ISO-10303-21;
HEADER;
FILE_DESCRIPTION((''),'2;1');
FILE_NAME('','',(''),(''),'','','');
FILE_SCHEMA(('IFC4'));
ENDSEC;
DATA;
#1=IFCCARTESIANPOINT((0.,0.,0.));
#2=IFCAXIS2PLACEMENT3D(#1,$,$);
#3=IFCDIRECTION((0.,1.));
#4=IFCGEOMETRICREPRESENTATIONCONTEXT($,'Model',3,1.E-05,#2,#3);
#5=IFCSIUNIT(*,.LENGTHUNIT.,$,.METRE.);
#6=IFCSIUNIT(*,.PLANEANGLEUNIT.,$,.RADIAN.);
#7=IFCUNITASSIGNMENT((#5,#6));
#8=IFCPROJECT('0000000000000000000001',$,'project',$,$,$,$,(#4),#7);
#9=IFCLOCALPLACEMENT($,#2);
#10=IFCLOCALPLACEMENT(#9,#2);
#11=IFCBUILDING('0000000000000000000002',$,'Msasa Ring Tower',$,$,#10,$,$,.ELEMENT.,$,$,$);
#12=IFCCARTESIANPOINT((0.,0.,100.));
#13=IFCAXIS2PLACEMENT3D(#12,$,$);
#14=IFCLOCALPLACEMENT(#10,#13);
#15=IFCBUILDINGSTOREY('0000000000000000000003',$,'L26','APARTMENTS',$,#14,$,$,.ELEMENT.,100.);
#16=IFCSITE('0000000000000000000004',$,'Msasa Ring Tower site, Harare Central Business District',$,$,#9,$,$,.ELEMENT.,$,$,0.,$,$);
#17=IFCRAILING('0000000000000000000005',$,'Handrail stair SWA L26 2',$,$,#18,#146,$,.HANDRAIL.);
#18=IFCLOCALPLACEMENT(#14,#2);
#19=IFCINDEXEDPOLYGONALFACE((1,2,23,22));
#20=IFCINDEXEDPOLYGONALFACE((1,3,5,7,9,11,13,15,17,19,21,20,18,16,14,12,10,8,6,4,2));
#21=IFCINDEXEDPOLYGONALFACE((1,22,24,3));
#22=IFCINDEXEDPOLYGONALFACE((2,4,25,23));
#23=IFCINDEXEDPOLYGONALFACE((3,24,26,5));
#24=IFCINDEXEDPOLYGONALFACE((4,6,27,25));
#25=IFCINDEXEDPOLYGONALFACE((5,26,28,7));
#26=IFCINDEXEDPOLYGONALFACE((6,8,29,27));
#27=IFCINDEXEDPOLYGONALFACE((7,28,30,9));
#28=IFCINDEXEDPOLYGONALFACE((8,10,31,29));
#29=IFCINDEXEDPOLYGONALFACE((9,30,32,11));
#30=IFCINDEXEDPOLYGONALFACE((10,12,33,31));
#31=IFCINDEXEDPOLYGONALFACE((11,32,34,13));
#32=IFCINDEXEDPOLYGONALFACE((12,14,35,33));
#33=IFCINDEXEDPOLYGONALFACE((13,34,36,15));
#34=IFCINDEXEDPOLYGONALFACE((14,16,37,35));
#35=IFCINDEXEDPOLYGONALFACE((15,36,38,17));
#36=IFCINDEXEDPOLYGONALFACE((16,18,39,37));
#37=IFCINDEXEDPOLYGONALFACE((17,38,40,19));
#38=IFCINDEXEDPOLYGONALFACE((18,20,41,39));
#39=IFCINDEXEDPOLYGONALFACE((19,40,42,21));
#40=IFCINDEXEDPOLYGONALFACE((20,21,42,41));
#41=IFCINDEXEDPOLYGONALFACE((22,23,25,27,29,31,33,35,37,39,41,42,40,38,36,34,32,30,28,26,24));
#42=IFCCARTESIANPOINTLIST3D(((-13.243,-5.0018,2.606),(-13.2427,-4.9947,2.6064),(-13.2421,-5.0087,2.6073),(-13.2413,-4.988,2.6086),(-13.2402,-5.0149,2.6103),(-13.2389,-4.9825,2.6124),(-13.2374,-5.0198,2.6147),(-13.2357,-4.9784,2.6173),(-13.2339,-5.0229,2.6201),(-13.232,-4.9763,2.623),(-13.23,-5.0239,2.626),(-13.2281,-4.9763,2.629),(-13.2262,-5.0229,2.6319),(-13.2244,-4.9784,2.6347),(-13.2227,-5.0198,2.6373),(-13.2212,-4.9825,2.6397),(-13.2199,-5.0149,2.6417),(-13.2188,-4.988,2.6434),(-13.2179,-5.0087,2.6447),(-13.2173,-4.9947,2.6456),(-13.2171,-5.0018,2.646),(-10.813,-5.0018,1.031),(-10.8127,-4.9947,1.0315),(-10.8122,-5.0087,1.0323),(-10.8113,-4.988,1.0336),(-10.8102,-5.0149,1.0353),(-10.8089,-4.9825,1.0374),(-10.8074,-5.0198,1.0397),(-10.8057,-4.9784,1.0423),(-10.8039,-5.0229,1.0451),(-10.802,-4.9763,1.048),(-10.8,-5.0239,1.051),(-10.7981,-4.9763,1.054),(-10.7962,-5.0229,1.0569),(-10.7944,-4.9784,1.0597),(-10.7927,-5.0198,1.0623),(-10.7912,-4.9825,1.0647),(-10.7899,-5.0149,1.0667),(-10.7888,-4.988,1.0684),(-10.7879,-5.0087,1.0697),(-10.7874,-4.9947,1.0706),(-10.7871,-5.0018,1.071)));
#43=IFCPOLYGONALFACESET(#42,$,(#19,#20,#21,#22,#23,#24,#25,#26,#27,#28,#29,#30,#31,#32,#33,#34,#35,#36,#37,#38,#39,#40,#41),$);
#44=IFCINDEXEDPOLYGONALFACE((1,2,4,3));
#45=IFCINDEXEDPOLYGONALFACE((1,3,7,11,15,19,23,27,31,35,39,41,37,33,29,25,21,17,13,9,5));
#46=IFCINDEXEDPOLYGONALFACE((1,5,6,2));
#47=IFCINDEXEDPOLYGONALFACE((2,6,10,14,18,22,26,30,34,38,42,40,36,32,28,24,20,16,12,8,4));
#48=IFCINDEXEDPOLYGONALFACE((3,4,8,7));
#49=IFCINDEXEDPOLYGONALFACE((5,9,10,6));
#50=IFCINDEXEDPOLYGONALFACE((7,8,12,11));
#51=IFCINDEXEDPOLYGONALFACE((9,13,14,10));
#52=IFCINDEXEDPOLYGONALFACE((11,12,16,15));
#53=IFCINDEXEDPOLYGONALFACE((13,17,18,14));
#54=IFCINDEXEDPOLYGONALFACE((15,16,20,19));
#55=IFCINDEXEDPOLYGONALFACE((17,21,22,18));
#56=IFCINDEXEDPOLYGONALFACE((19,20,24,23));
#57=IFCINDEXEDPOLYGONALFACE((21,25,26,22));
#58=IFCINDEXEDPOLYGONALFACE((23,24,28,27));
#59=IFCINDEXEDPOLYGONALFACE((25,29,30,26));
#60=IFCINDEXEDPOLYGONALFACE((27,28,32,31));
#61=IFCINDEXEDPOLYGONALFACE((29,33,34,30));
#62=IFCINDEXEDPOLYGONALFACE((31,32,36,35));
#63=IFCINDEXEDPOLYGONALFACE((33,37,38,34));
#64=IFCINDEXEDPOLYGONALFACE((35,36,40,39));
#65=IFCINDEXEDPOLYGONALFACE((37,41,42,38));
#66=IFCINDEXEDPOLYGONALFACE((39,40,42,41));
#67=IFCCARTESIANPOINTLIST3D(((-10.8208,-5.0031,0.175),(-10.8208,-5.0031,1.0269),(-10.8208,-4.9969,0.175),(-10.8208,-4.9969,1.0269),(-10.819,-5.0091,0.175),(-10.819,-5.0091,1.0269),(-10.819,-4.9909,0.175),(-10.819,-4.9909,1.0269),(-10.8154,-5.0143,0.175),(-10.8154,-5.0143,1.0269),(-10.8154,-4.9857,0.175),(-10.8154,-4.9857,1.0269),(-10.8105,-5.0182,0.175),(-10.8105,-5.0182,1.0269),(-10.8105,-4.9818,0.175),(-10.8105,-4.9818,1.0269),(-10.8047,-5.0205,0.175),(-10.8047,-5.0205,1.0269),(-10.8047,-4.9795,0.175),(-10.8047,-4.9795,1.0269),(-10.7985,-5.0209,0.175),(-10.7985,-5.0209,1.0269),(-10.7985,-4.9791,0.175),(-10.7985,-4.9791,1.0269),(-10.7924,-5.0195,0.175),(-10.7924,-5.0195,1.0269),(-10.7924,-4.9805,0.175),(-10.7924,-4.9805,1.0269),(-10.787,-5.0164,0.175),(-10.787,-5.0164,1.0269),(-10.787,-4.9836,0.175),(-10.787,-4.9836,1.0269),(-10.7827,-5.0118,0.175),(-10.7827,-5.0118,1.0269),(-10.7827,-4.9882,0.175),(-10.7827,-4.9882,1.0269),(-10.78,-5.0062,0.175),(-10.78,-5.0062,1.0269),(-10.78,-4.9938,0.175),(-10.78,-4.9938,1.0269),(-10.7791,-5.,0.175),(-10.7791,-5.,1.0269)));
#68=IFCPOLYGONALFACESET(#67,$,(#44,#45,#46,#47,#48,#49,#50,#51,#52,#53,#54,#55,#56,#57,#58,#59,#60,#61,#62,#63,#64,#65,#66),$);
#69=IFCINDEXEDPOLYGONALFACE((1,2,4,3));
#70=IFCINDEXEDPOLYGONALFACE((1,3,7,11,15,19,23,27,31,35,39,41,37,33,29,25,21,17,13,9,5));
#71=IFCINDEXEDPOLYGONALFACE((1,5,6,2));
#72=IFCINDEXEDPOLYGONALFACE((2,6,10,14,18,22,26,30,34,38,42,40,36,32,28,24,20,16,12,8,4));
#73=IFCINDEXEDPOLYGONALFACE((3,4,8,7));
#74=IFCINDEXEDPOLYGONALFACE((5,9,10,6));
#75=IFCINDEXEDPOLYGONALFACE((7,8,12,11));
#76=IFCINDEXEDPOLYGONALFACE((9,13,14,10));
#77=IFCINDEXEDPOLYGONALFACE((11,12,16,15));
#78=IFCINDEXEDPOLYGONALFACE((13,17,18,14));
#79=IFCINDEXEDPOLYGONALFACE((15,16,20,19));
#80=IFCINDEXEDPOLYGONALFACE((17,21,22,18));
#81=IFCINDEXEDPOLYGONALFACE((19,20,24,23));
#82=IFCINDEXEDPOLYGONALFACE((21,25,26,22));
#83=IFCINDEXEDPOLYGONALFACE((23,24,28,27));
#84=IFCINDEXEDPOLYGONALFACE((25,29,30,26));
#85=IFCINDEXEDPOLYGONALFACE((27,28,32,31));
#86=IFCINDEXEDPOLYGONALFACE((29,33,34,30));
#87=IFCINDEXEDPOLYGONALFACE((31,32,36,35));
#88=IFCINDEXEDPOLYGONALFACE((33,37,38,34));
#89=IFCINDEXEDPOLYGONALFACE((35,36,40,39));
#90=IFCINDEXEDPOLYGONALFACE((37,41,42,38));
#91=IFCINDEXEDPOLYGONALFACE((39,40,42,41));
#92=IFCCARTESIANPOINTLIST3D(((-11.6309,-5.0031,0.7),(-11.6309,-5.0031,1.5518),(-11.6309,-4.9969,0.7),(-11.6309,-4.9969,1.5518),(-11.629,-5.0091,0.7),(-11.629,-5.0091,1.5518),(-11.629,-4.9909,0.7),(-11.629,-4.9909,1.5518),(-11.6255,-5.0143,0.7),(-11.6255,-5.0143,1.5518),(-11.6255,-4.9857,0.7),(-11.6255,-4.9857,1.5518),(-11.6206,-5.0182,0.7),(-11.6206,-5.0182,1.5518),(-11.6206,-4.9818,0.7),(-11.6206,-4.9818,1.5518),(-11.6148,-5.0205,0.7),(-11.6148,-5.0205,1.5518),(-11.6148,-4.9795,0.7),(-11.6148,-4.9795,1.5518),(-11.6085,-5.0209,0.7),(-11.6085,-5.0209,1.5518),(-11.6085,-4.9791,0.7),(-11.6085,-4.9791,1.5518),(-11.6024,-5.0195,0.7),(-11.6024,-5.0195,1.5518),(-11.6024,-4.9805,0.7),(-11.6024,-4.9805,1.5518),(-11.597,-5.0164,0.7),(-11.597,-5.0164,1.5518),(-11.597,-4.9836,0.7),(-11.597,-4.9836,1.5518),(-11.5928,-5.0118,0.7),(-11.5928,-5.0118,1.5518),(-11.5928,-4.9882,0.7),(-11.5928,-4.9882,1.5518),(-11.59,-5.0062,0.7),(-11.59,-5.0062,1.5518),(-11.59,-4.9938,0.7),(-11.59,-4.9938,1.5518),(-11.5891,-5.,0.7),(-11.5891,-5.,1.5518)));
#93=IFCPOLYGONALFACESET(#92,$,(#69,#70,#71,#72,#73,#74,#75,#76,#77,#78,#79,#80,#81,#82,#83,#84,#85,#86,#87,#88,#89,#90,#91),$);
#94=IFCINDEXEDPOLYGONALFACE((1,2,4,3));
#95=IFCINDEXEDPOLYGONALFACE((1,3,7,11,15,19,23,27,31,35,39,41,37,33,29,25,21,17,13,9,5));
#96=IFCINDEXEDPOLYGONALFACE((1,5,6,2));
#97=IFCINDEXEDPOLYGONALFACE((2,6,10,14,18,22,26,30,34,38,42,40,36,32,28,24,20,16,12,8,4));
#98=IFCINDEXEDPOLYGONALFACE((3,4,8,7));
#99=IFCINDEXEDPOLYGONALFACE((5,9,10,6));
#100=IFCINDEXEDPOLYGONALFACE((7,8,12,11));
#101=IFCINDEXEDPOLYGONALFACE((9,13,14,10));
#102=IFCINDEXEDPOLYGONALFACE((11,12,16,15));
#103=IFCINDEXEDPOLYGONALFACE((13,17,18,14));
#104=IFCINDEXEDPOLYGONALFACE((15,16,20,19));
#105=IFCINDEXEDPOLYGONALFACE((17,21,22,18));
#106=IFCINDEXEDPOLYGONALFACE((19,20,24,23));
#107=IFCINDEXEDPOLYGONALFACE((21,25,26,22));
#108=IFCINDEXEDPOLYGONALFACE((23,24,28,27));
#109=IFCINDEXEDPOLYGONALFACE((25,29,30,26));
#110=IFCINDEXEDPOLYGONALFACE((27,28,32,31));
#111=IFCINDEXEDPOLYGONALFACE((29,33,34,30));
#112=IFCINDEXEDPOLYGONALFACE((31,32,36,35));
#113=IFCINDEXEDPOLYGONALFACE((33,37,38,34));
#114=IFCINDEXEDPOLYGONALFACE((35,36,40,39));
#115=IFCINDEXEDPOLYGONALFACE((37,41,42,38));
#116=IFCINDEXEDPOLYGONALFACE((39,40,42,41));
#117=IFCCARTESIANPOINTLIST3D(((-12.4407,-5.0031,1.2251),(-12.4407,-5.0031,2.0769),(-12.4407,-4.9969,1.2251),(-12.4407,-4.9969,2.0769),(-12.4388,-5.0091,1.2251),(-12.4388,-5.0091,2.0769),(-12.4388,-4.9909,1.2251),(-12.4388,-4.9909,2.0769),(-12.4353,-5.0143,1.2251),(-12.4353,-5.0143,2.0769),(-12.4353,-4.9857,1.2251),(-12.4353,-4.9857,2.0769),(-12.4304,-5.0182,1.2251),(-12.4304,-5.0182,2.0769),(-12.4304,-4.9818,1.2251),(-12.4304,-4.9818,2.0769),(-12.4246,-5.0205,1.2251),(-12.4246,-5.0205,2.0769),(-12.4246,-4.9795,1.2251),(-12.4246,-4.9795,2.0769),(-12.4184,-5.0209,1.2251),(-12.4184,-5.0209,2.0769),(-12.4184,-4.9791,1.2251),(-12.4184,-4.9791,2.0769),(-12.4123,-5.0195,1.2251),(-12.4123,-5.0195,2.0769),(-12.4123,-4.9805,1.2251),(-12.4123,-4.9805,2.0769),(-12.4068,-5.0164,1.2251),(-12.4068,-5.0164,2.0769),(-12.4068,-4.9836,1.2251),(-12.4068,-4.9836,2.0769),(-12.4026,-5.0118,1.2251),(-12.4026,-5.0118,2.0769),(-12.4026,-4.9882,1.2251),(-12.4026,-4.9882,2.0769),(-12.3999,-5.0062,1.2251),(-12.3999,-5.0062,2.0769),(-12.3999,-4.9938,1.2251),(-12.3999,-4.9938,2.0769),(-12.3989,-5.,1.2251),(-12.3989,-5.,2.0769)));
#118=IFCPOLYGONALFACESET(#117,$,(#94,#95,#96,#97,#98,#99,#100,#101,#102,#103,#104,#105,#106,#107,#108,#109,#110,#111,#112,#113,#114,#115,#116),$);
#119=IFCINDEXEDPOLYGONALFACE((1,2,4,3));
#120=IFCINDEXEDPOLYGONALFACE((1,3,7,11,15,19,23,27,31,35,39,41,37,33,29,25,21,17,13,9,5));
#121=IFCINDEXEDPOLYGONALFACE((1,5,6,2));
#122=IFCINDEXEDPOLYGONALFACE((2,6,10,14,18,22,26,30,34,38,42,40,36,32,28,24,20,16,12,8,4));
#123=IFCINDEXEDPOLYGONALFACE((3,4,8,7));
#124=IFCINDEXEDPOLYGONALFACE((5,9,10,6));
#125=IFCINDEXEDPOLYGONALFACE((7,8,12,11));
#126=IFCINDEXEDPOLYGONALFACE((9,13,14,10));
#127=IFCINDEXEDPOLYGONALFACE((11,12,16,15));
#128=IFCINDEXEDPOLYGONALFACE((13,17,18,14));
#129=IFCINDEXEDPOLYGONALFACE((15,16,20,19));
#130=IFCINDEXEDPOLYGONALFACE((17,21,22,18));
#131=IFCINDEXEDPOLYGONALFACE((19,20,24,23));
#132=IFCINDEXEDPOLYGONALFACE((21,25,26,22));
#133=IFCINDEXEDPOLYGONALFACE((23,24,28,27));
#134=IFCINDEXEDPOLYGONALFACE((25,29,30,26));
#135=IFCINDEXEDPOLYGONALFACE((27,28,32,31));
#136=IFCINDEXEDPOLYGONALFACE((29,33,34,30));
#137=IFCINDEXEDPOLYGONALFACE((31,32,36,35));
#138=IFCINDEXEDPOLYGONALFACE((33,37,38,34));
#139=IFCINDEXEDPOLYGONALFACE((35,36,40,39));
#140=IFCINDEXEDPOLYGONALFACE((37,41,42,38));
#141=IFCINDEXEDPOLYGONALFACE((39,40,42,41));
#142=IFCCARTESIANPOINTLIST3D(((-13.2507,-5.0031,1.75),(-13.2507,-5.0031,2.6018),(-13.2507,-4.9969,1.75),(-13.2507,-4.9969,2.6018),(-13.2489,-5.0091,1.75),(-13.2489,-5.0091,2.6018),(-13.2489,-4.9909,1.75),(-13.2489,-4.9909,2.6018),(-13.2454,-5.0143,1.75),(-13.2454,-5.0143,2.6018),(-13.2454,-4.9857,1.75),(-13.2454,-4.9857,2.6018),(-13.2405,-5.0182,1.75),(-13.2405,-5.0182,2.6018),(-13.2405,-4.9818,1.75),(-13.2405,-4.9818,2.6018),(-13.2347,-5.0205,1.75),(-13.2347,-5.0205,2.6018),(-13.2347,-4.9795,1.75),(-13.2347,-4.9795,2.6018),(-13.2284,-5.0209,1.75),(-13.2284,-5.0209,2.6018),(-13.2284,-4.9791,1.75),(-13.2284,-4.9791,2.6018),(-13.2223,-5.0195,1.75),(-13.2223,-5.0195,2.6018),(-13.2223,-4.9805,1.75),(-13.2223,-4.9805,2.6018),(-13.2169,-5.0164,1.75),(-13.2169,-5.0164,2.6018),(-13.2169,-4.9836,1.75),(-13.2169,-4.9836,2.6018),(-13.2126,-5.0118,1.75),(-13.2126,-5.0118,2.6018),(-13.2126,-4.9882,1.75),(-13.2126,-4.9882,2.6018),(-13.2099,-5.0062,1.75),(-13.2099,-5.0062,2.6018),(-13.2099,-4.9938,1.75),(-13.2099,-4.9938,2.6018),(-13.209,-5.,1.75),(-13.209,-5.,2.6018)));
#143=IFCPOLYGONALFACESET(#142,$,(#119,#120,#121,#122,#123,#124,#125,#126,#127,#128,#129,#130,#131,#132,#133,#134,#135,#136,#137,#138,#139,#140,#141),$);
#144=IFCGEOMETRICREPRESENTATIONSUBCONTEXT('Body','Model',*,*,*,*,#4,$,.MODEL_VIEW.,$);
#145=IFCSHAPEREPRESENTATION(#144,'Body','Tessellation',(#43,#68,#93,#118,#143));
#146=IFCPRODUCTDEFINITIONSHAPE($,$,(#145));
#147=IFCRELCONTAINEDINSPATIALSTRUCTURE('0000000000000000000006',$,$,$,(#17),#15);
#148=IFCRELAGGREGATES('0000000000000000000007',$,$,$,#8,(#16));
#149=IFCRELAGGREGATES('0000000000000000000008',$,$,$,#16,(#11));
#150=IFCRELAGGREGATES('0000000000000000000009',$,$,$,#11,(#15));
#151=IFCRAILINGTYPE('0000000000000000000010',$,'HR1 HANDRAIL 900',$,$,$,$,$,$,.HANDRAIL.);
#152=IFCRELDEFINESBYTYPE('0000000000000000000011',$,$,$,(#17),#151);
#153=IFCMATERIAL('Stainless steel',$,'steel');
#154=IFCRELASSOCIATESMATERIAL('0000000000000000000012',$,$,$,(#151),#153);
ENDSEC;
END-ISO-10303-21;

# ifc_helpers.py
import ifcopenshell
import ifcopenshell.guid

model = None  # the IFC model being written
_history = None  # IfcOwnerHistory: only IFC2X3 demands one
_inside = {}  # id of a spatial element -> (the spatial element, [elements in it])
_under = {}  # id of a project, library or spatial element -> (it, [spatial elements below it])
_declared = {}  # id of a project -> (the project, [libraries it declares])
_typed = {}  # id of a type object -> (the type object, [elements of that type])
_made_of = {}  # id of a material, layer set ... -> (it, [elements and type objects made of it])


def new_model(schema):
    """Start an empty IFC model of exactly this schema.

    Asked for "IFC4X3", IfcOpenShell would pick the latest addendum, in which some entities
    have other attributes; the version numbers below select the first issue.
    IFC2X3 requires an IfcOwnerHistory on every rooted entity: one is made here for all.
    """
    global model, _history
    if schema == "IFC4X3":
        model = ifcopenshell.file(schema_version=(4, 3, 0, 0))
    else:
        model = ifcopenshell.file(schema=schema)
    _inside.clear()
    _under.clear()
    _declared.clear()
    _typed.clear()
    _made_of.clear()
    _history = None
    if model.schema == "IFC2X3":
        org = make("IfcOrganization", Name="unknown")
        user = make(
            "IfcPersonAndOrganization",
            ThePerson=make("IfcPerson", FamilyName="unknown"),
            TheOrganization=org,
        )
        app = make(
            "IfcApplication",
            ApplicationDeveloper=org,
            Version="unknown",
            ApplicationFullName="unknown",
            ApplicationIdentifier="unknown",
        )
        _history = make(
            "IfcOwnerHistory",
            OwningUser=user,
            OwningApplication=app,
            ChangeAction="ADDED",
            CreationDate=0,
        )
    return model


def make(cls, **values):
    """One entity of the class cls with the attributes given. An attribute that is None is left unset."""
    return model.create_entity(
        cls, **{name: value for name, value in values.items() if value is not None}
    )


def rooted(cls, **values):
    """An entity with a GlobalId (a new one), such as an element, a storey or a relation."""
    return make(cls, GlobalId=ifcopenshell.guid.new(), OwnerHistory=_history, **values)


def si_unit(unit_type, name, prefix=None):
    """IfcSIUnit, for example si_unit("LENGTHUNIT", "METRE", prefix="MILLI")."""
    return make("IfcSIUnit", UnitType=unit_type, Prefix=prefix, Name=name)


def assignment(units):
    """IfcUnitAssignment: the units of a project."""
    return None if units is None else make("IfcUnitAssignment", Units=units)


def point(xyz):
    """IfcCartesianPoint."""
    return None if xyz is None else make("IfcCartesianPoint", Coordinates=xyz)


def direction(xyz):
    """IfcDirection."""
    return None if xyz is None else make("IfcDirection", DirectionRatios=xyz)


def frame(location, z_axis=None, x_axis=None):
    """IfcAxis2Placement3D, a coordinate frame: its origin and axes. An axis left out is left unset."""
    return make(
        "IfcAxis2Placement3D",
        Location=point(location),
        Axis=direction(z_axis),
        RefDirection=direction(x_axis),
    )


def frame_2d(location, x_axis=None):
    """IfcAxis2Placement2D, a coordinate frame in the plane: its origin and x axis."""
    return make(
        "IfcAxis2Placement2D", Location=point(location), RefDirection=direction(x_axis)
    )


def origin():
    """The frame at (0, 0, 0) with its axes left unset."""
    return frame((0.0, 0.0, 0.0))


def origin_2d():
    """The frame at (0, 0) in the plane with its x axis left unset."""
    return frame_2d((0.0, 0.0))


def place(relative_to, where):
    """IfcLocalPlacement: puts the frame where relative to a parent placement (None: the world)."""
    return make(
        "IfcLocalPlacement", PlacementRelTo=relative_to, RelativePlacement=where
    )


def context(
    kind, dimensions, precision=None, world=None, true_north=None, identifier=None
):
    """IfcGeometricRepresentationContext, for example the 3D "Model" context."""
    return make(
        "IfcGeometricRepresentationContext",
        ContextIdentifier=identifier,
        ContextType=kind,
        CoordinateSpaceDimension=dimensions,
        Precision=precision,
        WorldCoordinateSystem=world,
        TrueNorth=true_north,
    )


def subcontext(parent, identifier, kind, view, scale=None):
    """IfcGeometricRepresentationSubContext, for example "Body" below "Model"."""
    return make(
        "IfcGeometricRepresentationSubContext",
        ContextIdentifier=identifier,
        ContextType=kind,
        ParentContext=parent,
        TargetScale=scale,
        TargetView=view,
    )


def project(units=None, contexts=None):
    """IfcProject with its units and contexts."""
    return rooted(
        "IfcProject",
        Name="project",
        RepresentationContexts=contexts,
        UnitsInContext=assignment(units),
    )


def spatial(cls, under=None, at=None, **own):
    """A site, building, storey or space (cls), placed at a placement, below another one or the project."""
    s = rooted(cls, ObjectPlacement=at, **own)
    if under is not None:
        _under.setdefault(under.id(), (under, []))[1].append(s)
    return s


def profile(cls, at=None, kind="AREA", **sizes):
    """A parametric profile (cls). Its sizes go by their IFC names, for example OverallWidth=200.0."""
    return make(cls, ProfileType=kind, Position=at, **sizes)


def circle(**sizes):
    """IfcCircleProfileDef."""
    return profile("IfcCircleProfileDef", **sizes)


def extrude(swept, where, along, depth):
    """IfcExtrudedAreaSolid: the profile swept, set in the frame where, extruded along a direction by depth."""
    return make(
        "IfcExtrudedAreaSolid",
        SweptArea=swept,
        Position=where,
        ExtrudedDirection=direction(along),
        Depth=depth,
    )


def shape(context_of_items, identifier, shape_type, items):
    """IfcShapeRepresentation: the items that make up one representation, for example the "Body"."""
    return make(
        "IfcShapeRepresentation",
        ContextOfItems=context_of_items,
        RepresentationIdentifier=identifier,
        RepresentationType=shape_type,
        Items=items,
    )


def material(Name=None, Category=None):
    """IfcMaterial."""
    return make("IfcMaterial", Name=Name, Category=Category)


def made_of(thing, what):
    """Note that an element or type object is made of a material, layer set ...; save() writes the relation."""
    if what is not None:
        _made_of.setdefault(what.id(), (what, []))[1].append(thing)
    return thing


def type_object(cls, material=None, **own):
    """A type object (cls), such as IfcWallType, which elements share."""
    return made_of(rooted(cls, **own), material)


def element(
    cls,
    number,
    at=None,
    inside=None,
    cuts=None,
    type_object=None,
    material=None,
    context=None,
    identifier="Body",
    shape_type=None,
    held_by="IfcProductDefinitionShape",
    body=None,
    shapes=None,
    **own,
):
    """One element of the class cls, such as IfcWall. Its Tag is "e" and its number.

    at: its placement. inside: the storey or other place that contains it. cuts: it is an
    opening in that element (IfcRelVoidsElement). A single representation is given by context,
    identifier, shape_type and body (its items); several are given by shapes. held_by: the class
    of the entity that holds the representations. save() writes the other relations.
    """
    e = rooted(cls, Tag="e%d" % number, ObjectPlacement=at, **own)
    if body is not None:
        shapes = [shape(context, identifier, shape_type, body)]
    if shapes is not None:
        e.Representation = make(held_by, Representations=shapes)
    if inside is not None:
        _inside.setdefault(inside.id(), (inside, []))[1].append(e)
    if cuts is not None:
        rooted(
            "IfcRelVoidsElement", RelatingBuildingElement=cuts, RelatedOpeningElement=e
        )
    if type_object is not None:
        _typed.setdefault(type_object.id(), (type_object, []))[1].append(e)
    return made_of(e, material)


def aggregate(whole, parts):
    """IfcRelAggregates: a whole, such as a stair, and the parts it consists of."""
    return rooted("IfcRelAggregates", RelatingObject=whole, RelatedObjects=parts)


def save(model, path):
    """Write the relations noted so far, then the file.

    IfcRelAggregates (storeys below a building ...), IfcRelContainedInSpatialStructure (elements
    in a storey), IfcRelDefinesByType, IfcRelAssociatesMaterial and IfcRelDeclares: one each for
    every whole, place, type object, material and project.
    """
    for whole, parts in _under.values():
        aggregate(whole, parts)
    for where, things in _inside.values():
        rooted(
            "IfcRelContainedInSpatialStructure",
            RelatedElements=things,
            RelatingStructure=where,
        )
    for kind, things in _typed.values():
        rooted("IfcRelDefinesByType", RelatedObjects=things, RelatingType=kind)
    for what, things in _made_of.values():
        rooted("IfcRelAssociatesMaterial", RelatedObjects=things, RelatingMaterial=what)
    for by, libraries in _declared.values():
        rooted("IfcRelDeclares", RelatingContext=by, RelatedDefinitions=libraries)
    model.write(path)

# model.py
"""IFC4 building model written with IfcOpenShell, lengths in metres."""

from ifc_helpers import new_model, si_unit, direction, frame, origin, origin_2d, place, context, subcontext, project, spatial, circle, extrude, material, type_object, element, save


model = new_model("IFC4")

# Units and contexts
model_context = context("Model", 3, precision=1e-05, world=origin(), true_north=direction((0.0, 1.0)))
body_context = subcontext(model_context, "Body", "Model", "MODEL_VIEW")
ifc_project = project(units=[si_unit("LENGTHUNIT", "METRE"), si_unit("PLANEANGLEUNIT", "RADIAN")], contexts=[model_context])

# Site, building, storey
site_placement = place(None, origin())
site = spatial("IfcSite", under=ifc_project, at=site_placement, Name="Msasa Ring Tower site, Harare Central Business District", CompositionType="ELEMENT", RefElevation=0.0)
building_placement = place(site_placement, origin())
building = spatial("IfcBuilding", under=site, at=building_placement, Name="Msasa Ring Tower", CompositionType="ELEMENT")
storey_placement = place(building_placement, frame((0.0, 0.0, 100.0)))
storey = spatial("IfcBuildingStorey", under=building, at=storey_placement, Name="L26", Description="APARTMENTS", CompositionType="ELEMENT", Elevation=100.0)

# Railing
ifc_material_1 = material(Name="Stainless steel", Category="steel")
railing_type = type_object("IfcRailingType", Name="HR1 HANDRAIL 900", PredefinedType="HANDRAIL", material=ifc_material_1)
for number, where, name in (
    (1, (-10.8, -5.0, 0.175), "Handrail stair SWA L26 2"),
):
    element("IfcRailing", number, at=place(storey_placement, frame(where)), inside=storey, type_object=railing_type, Name=name, PredefinedType="HANDRAIL", context=body_context, shape_type="SweptSolid", body=[
        extrude(circle(Radius=0.0239, at=origin_2d()), frame((0.0, 0.0, 0.876), z_axis=(-0.839154, 0.0, 0.543894), x_axis=(0.0, -1.0, 0.0)), (0.0, 0.0, 1.0), 2.8958),
        extrude(circle(Radius=0.021, at=origin_2d()), origin(), (0.0, 0.0, 1.0), 0.8518),
        extrude(circle(Radius=0.021, at=origin_2d()), frame((-0.8101, 0.0, 0.5249)), (0.0, 0.0, 1.0), 0.8518),
        extrude(circle(Radius=0.021, at=origin_2d()), frame((-1.6199, 0.0, 1.05)), (0.0, 0.0, 1.0), 0.8518),
        extrude(circle(Radius=0.021, at=origin_2d()), frame((-2.4299, 0.0, 1.575)), (0.0, 0.0, 1.0), 0.8518),
    ])

save(model, "model.ifc")
